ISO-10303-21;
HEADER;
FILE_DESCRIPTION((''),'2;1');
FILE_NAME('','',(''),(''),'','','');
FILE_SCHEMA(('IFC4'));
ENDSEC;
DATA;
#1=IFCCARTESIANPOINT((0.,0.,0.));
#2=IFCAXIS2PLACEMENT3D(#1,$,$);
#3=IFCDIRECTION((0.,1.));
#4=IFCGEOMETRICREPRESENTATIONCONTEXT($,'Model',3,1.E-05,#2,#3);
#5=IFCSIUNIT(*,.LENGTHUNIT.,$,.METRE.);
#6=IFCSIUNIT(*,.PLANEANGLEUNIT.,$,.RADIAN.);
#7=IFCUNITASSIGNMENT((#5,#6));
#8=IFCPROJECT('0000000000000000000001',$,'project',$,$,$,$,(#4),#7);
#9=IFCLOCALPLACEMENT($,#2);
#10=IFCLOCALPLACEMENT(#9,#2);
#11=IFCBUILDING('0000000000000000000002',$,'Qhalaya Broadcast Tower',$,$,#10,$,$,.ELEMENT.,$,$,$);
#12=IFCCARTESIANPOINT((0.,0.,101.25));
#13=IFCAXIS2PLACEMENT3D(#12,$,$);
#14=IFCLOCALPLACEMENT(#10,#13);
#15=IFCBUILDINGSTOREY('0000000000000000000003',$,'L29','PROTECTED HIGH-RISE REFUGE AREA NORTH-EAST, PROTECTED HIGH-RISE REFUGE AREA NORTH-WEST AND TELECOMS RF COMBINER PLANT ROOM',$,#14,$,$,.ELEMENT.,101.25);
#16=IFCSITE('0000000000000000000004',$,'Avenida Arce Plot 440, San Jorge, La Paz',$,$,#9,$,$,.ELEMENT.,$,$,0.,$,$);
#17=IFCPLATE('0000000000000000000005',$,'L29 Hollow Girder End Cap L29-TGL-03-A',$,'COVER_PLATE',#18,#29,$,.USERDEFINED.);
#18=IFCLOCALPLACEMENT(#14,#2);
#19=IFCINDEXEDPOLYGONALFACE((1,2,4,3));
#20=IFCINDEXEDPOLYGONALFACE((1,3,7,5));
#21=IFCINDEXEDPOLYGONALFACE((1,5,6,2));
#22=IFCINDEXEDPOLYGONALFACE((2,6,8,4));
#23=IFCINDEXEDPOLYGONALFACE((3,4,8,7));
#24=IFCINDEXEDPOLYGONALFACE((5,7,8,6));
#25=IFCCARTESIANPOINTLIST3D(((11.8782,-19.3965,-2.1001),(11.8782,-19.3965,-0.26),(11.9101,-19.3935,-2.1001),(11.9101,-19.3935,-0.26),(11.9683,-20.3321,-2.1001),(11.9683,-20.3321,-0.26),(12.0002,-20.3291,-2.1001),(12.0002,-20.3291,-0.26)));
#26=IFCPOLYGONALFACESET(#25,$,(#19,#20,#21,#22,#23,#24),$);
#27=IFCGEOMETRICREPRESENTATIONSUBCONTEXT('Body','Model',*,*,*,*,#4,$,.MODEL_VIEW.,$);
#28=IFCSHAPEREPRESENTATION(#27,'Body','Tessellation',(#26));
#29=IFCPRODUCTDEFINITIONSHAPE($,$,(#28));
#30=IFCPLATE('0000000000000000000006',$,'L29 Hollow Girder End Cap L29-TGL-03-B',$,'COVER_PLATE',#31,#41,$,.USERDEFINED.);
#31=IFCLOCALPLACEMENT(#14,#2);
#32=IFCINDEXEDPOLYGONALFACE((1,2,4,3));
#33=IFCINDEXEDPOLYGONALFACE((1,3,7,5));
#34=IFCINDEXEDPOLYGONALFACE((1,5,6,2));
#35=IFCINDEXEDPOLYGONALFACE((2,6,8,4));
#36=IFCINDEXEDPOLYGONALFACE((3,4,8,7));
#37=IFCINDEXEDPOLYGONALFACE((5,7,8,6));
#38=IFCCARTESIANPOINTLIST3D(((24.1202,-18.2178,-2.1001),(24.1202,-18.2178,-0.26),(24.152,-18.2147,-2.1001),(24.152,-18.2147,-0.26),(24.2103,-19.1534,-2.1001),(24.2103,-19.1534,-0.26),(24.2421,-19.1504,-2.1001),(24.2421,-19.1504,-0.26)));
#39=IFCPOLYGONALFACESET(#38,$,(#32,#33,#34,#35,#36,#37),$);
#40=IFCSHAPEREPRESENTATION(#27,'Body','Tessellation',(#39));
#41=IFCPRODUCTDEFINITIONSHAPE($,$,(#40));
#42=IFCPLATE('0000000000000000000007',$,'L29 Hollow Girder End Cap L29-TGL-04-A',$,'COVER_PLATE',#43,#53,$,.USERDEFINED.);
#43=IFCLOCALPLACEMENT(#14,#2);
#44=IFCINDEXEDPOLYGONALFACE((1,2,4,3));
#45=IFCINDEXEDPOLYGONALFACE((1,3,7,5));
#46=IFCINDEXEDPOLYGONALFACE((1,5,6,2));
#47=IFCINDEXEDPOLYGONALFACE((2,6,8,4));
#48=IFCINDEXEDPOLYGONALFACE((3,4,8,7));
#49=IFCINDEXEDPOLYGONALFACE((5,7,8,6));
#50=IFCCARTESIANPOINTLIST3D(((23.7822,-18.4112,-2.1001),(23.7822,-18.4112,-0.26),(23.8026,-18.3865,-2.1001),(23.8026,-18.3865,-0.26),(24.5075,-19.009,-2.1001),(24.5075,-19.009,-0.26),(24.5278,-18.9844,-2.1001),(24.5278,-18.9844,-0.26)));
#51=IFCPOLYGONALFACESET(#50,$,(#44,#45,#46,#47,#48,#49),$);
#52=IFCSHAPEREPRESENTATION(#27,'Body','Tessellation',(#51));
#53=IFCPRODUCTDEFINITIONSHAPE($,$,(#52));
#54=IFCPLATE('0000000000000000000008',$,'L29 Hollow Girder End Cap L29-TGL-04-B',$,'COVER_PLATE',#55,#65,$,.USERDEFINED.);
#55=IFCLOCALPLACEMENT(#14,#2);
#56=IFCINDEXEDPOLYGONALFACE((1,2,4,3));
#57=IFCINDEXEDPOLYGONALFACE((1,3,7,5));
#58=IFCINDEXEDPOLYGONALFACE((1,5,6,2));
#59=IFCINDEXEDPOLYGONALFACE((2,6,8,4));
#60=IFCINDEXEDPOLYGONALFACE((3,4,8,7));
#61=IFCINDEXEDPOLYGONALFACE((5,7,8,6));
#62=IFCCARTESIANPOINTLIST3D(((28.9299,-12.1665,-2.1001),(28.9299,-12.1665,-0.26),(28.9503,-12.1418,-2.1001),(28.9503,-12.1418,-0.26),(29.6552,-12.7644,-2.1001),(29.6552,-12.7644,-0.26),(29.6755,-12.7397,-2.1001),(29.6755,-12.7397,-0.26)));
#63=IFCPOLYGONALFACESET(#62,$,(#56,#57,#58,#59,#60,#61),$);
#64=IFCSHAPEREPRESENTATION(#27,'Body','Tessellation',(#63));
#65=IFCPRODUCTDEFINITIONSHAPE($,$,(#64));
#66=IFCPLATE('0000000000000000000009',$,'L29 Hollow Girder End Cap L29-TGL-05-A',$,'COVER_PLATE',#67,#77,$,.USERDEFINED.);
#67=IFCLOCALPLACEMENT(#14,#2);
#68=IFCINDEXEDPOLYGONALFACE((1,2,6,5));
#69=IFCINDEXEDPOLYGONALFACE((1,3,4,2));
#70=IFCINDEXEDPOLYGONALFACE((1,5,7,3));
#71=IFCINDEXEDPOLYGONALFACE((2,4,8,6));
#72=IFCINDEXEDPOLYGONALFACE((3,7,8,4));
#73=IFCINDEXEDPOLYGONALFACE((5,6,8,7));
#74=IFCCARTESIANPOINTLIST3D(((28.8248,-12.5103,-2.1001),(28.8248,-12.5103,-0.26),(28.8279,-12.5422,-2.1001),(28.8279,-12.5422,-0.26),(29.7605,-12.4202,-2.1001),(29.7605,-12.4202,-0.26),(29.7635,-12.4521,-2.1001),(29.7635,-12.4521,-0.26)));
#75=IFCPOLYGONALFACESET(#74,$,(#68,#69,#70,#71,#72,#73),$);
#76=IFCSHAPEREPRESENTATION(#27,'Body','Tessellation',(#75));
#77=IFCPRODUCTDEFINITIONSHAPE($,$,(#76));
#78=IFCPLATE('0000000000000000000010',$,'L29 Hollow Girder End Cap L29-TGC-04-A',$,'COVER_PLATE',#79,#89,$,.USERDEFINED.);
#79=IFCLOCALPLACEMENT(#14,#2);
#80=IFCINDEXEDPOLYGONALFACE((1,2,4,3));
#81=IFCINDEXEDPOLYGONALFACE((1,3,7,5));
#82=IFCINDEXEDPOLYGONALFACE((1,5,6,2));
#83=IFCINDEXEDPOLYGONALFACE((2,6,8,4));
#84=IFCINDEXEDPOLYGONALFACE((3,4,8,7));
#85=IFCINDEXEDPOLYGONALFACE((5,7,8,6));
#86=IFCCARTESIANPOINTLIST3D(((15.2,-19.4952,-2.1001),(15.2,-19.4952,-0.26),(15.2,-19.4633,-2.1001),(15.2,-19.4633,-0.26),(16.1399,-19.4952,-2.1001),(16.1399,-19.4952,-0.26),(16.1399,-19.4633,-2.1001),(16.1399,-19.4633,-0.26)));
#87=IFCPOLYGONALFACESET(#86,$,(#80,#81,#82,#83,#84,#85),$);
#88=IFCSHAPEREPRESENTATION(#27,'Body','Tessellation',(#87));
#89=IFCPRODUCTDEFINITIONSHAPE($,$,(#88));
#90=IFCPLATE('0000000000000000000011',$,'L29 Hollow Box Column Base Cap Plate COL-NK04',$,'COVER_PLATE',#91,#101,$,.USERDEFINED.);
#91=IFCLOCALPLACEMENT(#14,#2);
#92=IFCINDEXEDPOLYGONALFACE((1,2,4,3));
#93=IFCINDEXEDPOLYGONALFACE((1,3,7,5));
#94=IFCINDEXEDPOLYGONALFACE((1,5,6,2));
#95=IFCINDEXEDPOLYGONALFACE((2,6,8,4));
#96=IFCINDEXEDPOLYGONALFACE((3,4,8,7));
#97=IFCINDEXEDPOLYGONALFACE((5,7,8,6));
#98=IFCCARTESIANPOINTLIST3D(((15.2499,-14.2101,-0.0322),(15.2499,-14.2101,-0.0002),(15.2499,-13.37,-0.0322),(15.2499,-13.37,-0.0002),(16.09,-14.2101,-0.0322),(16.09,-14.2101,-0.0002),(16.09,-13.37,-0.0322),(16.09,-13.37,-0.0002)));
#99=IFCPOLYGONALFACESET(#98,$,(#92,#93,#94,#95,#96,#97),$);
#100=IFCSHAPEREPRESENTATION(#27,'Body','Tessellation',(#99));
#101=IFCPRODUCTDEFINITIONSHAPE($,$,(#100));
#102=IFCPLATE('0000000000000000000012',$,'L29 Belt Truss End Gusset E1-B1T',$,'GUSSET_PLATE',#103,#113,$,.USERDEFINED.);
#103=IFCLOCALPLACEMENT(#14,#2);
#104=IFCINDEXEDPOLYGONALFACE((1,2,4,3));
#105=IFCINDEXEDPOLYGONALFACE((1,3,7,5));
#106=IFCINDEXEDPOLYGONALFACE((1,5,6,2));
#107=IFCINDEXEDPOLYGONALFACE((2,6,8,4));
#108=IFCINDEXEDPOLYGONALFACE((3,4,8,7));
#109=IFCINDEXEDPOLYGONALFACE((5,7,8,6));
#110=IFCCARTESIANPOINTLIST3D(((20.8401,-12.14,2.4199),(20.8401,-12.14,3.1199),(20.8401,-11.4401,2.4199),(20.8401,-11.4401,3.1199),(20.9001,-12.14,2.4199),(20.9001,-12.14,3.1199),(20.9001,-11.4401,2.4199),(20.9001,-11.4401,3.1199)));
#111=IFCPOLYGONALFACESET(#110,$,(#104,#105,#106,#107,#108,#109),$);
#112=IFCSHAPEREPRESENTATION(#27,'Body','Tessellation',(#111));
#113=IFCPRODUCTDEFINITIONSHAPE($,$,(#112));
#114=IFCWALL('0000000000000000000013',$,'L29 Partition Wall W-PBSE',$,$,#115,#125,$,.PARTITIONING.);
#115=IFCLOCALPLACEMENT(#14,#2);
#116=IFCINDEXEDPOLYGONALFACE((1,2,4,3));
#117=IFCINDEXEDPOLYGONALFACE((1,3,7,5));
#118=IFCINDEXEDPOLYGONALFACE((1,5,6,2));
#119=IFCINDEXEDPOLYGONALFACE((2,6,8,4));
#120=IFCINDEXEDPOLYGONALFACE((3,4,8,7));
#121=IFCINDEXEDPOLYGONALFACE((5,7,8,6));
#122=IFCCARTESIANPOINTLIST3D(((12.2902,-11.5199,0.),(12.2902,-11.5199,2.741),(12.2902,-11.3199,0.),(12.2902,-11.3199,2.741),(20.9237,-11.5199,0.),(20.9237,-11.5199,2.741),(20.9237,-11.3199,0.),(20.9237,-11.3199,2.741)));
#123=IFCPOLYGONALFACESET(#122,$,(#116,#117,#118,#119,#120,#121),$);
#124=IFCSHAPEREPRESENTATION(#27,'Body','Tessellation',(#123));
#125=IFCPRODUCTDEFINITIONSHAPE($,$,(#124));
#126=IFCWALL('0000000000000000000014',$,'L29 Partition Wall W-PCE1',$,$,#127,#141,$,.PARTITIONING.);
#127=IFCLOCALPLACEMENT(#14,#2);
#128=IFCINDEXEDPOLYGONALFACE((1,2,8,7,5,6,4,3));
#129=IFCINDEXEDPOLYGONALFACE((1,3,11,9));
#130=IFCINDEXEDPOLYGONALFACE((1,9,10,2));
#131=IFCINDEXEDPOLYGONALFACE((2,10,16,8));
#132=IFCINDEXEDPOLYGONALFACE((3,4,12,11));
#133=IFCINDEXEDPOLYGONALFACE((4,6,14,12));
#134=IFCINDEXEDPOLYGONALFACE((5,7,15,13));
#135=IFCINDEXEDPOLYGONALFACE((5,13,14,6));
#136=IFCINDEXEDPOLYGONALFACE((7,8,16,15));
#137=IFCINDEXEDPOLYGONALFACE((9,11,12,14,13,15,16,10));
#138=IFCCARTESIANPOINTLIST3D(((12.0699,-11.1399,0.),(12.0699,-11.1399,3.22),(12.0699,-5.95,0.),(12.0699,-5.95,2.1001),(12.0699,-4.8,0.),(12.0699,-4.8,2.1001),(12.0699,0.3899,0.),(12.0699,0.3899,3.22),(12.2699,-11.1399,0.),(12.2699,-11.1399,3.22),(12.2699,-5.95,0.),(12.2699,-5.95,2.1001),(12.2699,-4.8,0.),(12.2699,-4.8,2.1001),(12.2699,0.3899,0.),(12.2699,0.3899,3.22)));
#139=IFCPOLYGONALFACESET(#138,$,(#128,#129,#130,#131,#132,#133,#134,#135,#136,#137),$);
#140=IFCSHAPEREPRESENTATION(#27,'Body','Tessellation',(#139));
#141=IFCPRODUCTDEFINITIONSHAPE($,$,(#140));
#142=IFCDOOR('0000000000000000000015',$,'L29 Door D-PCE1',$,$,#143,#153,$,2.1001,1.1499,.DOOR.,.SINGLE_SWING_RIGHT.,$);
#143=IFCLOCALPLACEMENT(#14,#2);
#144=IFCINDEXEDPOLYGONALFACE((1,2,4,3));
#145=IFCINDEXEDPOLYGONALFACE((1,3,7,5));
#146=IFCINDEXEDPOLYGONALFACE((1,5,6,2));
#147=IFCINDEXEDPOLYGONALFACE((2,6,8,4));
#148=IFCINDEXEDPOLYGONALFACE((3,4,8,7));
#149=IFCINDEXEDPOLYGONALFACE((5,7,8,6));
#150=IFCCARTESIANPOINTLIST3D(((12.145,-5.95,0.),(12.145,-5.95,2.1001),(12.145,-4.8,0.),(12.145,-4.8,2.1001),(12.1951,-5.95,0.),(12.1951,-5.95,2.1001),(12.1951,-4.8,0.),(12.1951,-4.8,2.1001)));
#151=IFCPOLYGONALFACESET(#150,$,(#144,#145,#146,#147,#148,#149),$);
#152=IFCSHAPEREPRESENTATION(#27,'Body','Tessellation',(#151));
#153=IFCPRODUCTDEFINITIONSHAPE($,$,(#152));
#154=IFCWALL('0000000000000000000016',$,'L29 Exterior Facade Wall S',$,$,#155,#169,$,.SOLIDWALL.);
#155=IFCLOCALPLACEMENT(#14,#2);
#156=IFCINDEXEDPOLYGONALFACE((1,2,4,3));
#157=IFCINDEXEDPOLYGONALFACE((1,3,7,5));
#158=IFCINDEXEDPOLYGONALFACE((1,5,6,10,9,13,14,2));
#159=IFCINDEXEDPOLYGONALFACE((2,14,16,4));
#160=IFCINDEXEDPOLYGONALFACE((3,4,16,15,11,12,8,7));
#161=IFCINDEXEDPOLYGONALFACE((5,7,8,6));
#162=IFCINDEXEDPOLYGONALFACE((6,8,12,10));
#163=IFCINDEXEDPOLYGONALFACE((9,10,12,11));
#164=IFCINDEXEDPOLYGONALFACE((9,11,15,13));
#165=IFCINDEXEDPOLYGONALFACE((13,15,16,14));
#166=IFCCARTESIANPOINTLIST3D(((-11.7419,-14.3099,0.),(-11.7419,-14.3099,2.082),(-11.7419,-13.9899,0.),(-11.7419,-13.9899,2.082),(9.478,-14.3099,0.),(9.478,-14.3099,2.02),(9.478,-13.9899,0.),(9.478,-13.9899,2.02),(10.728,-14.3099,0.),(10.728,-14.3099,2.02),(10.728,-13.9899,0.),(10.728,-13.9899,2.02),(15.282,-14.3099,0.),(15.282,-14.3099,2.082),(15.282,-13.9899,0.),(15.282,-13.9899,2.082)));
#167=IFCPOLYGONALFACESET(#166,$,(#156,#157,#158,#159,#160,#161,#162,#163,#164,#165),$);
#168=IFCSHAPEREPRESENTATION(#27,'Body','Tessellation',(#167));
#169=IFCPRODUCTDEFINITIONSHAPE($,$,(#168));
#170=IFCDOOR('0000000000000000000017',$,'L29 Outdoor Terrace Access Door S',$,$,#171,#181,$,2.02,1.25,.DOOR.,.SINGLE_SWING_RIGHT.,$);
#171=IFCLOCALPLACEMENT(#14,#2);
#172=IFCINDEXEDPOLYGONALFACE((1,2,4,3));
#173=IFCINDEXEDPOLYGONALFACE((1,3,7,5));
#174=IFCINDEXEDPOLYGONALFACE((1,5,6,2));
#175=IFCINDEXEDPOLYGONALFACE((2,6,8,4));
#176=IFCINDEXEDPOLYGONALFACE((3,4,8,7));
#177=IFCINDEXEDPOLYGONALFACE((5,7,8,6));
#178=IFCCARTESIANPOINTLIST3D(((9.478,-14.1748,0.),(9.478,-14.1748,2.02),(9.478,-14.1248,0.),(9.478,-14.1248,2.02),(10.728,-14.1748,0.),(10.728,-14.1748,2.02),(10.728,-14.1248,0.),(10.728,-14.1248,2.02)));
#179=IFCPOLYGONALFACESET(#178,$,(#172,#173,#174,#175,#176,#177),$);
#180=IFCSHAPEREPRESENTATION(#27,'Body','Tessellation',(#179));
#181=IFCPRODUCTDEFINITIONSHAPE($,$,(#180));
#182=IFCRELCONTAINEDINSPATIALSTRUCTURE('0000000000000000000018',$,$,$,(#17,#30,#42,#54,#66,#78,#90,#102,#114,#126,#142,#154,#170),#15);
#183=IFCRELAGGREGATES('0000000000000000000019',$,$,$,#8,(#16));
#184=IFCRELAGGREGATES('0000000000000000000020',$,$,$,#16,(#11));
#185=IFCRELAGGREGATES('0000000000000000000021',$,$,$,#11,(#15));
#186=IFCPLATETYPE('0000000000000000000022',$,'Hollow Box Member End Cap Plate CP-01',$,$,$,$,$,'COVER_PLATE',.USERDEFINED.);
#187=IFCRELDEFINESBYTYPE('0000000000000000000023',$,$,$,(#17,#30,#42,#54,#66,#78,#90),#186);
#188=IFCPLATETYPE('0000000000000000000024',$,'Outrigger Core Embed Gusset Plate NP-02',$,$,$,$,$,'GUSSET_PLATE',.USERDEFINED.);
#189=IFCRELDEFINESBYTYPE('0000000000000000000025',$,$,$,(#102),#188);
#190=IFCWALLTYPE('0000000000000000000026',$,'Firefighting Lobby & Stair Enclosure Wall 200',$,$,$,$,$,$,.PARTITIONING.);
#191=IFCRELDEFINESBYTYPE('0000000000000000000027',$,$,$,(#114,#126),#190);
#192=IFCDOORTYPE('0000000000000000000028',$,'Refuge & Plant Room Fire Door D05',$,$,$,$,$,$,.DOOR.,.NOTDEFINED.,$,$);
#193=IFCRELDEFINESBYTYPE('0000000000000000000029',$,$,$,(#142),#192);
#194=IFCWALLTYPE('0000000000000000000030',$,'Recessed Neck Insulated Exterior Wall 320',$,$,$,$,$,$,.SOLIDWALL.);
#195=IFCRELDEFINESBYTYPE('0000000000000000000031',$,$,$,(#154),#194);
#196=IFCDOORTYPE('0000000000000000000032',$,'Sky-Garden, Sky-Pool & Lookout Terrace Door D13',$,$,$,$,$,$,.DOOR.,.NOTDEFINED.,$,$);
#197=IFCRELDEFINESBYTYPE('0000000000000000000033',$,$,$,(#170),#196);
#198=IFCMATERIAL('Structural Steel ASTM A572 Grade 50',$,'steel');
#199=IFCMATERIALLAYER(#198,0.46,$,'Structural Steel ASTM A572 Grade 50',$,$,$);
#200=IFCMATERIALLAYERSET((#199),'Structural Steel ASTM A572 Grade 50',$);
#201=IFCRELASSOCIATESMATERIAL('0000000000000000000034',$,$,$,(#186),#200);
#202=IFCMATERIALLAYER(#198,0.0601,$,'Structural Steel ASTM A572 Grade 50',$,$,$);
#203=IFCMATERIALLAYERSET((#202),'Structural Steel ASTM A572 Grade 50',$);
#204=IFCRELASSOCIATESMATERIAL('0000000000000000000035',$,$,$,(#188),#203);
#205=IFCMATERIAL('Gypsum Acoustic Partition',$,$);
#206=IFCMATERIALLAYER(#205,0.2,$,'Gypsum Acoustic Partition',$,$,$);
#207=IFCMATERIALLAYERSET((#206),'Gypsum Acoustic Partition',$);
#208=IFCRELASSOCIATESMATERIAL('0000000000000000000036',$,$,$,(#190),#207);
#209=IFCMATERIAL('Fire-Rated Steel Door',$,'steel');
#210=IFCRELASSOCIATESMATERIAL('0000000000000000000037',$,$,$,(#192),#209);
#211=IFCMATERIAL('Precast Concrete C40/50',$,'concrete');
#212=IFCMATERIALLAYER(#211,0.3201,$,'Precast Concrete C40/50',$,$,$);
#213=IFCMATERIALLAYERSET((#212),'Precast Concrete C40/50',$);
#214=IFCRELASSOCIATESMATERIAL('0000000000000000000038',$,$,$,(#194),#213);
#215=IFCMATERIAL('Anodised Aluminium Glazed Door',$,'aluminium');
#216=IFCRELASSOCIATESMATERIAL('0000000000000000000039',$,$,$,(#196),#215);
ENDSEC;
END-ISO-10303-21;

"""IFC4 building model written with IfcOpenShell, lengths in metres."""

from ifc_helpers import new_model, si_unit, direction, frame, frame_2d, origin, origin_2d, place, context, subcontext, project, spatial, rectangle, extrude, material, layer, layer_set, type_object, element, fill, save


model = new_model("IFC4")

# Units and contexts
model_context = context("Model", 3, precision=1e-05, world=origin(), true_north=direction((0.0, 1.0)))
body_context = subcontext(model_context, "Body", "Model", "MODEL_VIEW")
ifc_project = project(units=[si_unit("LENGTHUNIT", "METRE"), si_unit("PLANEANGLEUNIT", "RADIAN")], contexts=[model_context])

# Site, building, storey
site_placement = place(None, origin())
site = spatial("IfcSite", under=ifc_project, at=site_placement, Name="Avenida Arce Plot 440, San Jorge, La Paz", CompositionType="ELEMENT", RefElevation=0.0)
building_placement = place(site_placement, origin())
building = spatial("IfcBuilding", under=site, at=building_placement, Name="Qhalaya Broadcast Tower", CompositionType="ELEMENT")
storey_placement = place(building_placement, frame((0.0, 0.0, 101.25)))
storey = spatial("IfcBuildingStorey", under=building, at=storey_placement, Name="L29", Description="PROTECTED HIGH-RISE REFUGE AREA NORTH-EAST, PROTECTED HIGH-RISE REFUGE AREA NORTH-WEST AND TELECOMS RF COMBINER PLANT ROOM", CompositionType="ELEMENT", Elevation=101.25)

# Shared definitions
ifc_material_1 = material(Name="Structural Steel ASTM A572 Grade 50", Category="steel")

# Plates
ifc_layer_1 = layer(ifc_material_1, 0.46, Name="Structural Steel ASTM A572 Grade 50")
ifc_layer_set_1 = layer_set([ifc_layer_1], Name="Structural Steel ASTM A572 Grade 50")
plate_type_1 = type_object("IfcPlateType", Name="Hollow Box Member End Cap Plate CP-01", ElementType="COVER_PLATE", PredefinedType="USERDEFINED", material=ifc_layer_set_1)
for number, where, z_axis, x_axis, name in (
    (1, (11.9392, -19.8628, -2.1001), (0.0, 0.0, 1.0), (-0.095846, 0.995396, 0.0), "L29 Hollow Girder End Cap L29-TGL-03-A"),
    (2, (24.1812, -18.6841, -2.1001), (0.0, 0.0, 1.0), (-0.095846, 0.995396, 0.0), "L29 Hollow Girder End Cap L29-TGL-03-B"),
    (3, (24.155, -18.6978, -2.1001), (0.0, 0.0, 1.0), (-0.771625, 0.636078, 0.0), "L29 Hollow Girder End Cap L29-TGL-04-A"),
    (4, (29.3027, -12.4531, -2.1001), (0.0, 0.0, 1.0), (-0.771625, 0.636078, 0.0), "L29 Hollow Girder End Cap L29-TGL-04-B"),
    (5, (29.2942, -12.4812, -2.1001), (0.0, 0.0, 1.0), (-0.995396, -0.095846, 0.0), "L29 Hollow Girder End Cap L29-TGL-05-A"),
    (6, (15.6699, -19.4792, -2.1001), (0.0, 0.0, 1.0), (-1.0, 0.0, 0.0), "L29 Hollow Girder End Cap L29-TGC-04-A"),
):
    element("IfcPlate", number, at=place(storey_placement, frame(where, z_axis=z_axis, x_axis=x_axis)), inside=storey, type_object=plate_type_1, Name=name, ObjectType="COVER_PLATE", PredefinedType="USERDEFINED", context=body_context, shape_type="SweptSolid", body=[
        extrude(rectangle(XDim=0.9399, YDim=0.032, at=origin_2d()), origin(), (0.0, 0.0, 1.0), 1.8401),
    ])
plate_1_placement = place(storey_placement, frame((15.6699, -13.79, -0.0322), z_axis=(0.0, 0.0, 1.0), x_axis=(1.0, 0.0, 0.0)))
element("IfcPlate", 7, at=plate_1_placement, inside=storey, type_object=plate_type_1, Name="L29 Hollow Box Column Base Cap Plate COL-NK04", ObjectType="COVER_PLATE", PredefinedType="USERDEFINED", context=body_context, shape_type="SweptSolid", body=[
    extrude(rectangle(XDim=0.8401, YDim=0.8401, at=origin_2d()), origin(), (0.0, 0.0, 1.0), 0.032),
])
ifc_layer_2 = layer(ifc_material_1, 0.0601, Name="Structural Steel ASTM A572 Grade 50")
ifc_layer_set_2 = layer_set([ifc_layer_2], Name="Structural Steel ASTM A572 Grade 50")
plate_type_2 = type_object("IfcPlateType", Name="Outrigger Core Embed Gusset Plate NP-02", ElementType="GUSSET_PLATE", PredefinedType="USERDEFINED", material=ifc_layer_set_2)
plate_2_placement = place(storey_placement, frame((20.8701, -11.79, 2.4199), z_axis=(0.0, 0.0, 1.0), x_axis=(0.0, 1.0, 0.0)))
element("IfcPlate", 8, at=plate_2_placement, inside=storey, type_object=plate_type_2, Name="L29 Belt Truss End Gusset E1-B1T", ObjectType="GUSSET_PLATE", PredefinedType="USERDEFINED", context=body_context, shape_type="SweptSolid", body=[
    extrude(rectangle(XDim=0.7, YDim=0.0601, at=origin_2d()), origin(), (0.0, 0.0, 1.0), 0.7),
])

# Wall
ifc_material_2 = material(Name="Gypsum Acoustic Partition")
ifc_layer_3 = layer(ifc_material_2, 0.2, Name="Gypsum Acoustic Partition")
ifc_layer_set_3 = layer_set([ifc_layer_3], Name="Gypsum Acoustic Partition")
wall_type_1 = type_object("IfcWallType", Name="Firefighting Lobby & Stair Enclosure Wall 200", PredefinedType="PARTITIONING", material=ifc_layer_set_3)
wall_1_placement = place(storey_placement, frame((12.29, -11.4199, 0.0), z_axis=(0.0, 0.0, 1.0), x_axis=(1.0, 0.0, 0.0)))
element("IfcWall", 9, at=wall_1_placement, inside=storey, type_object=wall_type_1, Name="L29 Partition Wall W-PBSE", PredefinedType="PARTITIONING", context=body_context, shape_type="SweptSolid", body=[
    extrude(rectangle(XDim=8.6335, YDim=0.2, at=frame_2d((4.3169, 0.0))), origin(), (0.0, 0.0, 1.0), 2.741),
])

# Walls, openings, doors
wall_2_placement = place(storey_placement, frame((12.1699, -11.1399, 0.0), z_axis=(0.0, 0.0, 1.0), x_axis=(0.0, 1.0, 0.0)))
wall_2 = element("IfcWall", 10, at=wall_2_placement, inside=storey, type_object=wall_type_1, Name="L29 Partition Wall W-PCE1", PredefinedType="PARTITIONING", context=body_context, shape_type="SweptSolid", body=[
    extrude(rectangle(XDim=11.5298, YDim=0.2, at=frame_2d((5.7649, 0.0))), origin(), (0.0, 0.0, 1.0), 3.22),
])
opening_1_placement = place(wall_2_placement, frame((5.1899, 0.0, 0.0)))
opening_1 = element("IfcOpeningElement", 11, at=opening_1_placement, cuts=wall_2, PredefinedType="OPENING", context=body_context, shape_type="SweptSolid", body=[
    extrude(rectangle(XDim=1.1499, YDim=2.1001, at=frame_2d((0.575, 1.05))), frame((0.0, 0.1121, 0.0), z_axis=(0.0, -1.0, 0.0), x_axis=(1.0, 0.0, 0.0)), (0.0, 0.0, 1.0), 0.2239),
])
ifc_material_3 = material(Name="Fire-Rated Steel Door", Category="steel")
door_type_1 = type_object("IfcDoorType", Name="Refuge & Plant Room Fire Door D05", OperationType="NOTDEFINED", PredefinedType="DOOR", material=ifc_material_3)
door_1_placement = place(opening_1_placement, origin())
door_1 = element("IfcDoor", 12, at=door_1_placement, inside=storey, type_object=door_type_1, Name="L29 Door D-PCE1", OperationType="SINGLE_SWING_RIGHT", OverallHeight=2.1001, OverallWidth=1.1499, PredefinedType="DOOR", context=body_context, shape_type="SweptSolid", body=[
    extrude(rectangle(XDim=1.1499, YDim=2.1001, at=frame_2d((0.575, 1.05))), frame((0.0, 0.0249, 0.0), z_axis=(0.0, -1.0, 0.0), x_axis=(1.0, 0.0, 0.0)), (0.0, 0.0, 1.0), 0.05),
])
fill(opening_1, door_1)
ifc_material_4 = material(Name="Precast Concrete C40/50", Category="concrete")
ifc_layer_4 = layer(ifc_material_4, 0.3201, Name="Precast Concrete C40/50")
ifc_layer_set_4 = layer_set([ifc_layer_4], Name="Precast Concrete C40/50")
wall_type_2 = type_object("IfcWallType", Name="Recessed Neck Insulated Exterior Wall 320", PredefinedType="SOLIDWALL", material=ifc_layer_set_4)
wall_3_placement = place(storey_placement, frame((15.282, -14.1499, 0.0), z_axis=(0.0, 0.0, 1.0), x_axis=(-1.0, 0.0, 0.0)))
wall_3 = element("IfcWall", 13, at=wall_3_placement, inside=storey, type_object=wall_type_2, Name="L29 Exterior Facade Wall S", PredefinedType="SOLIDWALL", context=body_context, shape_type="SweptSolid", body=[
    extrude(rectangle(XDim=27.0239, YDim=0.3201, at=frame_2d((13.512, 0.0))), origin(), (0.0, 0.0, 1.0), 2.082),
])
opening_2_placement = place(wall_3_placement, frame((4.554, 0.0, 0.0)))
opening_2 = element("IfcOpeningElement", 14, at=opening_2_placement, cuts=wall_3, PredefinedType="OPENING", context=body_context, shape_type="SweptSolid", body=[
    extrude(rectangle(XDim=1.25, YDim=2.02, at=frame_2d((0.625, 1.01))), frame((0.0, 0.1721, 0.0), z_axis=(0.0, -1.0, 0.0), x_axis=(1.0, 0.0, 0.0)), (0.0, 0.0, 1.0), 0.344),
])
ifc_material_5 = material(Name="Anodised Aluminium Glazed Door", Category="aluminium")
door_type_2 = type_object("IfcDoorType", Name="Sky-Garden, Sky-Pool & Lookout Terrace Door D13", OperationType="NOTDEFINED", PredefinedType="DOOR", material=ifc_material_5)
door_2_placement = place(opening_2_placement, origin())
door_2 = element("IfcDoor", 15, at=door_2_placement, inside=storey, type_object=door_type_2, Name="L29 Outdoor Terrace Access Door S", OperationType="SINGLE_SWING_RIGHT", OverallHeight=2.02, OverallWidth=1.25, PredefinedType="DOOR", context=body_context, shape_type="SweptSolid", body=[
    extrude(rectangle(XDim=1.25, YDim=2.02, at=frame_2d((0.625, 1.01))), frame((0.0, 0.0249, 0.0), z_axis=(0.0, -1.0, 0.0), x_axis=(1.0, 0.0, 0.0)), (0.0, 0.0, 1.0), 0.05),
])
fill(opening_2, door_2)

save(model, "model.ifc")
